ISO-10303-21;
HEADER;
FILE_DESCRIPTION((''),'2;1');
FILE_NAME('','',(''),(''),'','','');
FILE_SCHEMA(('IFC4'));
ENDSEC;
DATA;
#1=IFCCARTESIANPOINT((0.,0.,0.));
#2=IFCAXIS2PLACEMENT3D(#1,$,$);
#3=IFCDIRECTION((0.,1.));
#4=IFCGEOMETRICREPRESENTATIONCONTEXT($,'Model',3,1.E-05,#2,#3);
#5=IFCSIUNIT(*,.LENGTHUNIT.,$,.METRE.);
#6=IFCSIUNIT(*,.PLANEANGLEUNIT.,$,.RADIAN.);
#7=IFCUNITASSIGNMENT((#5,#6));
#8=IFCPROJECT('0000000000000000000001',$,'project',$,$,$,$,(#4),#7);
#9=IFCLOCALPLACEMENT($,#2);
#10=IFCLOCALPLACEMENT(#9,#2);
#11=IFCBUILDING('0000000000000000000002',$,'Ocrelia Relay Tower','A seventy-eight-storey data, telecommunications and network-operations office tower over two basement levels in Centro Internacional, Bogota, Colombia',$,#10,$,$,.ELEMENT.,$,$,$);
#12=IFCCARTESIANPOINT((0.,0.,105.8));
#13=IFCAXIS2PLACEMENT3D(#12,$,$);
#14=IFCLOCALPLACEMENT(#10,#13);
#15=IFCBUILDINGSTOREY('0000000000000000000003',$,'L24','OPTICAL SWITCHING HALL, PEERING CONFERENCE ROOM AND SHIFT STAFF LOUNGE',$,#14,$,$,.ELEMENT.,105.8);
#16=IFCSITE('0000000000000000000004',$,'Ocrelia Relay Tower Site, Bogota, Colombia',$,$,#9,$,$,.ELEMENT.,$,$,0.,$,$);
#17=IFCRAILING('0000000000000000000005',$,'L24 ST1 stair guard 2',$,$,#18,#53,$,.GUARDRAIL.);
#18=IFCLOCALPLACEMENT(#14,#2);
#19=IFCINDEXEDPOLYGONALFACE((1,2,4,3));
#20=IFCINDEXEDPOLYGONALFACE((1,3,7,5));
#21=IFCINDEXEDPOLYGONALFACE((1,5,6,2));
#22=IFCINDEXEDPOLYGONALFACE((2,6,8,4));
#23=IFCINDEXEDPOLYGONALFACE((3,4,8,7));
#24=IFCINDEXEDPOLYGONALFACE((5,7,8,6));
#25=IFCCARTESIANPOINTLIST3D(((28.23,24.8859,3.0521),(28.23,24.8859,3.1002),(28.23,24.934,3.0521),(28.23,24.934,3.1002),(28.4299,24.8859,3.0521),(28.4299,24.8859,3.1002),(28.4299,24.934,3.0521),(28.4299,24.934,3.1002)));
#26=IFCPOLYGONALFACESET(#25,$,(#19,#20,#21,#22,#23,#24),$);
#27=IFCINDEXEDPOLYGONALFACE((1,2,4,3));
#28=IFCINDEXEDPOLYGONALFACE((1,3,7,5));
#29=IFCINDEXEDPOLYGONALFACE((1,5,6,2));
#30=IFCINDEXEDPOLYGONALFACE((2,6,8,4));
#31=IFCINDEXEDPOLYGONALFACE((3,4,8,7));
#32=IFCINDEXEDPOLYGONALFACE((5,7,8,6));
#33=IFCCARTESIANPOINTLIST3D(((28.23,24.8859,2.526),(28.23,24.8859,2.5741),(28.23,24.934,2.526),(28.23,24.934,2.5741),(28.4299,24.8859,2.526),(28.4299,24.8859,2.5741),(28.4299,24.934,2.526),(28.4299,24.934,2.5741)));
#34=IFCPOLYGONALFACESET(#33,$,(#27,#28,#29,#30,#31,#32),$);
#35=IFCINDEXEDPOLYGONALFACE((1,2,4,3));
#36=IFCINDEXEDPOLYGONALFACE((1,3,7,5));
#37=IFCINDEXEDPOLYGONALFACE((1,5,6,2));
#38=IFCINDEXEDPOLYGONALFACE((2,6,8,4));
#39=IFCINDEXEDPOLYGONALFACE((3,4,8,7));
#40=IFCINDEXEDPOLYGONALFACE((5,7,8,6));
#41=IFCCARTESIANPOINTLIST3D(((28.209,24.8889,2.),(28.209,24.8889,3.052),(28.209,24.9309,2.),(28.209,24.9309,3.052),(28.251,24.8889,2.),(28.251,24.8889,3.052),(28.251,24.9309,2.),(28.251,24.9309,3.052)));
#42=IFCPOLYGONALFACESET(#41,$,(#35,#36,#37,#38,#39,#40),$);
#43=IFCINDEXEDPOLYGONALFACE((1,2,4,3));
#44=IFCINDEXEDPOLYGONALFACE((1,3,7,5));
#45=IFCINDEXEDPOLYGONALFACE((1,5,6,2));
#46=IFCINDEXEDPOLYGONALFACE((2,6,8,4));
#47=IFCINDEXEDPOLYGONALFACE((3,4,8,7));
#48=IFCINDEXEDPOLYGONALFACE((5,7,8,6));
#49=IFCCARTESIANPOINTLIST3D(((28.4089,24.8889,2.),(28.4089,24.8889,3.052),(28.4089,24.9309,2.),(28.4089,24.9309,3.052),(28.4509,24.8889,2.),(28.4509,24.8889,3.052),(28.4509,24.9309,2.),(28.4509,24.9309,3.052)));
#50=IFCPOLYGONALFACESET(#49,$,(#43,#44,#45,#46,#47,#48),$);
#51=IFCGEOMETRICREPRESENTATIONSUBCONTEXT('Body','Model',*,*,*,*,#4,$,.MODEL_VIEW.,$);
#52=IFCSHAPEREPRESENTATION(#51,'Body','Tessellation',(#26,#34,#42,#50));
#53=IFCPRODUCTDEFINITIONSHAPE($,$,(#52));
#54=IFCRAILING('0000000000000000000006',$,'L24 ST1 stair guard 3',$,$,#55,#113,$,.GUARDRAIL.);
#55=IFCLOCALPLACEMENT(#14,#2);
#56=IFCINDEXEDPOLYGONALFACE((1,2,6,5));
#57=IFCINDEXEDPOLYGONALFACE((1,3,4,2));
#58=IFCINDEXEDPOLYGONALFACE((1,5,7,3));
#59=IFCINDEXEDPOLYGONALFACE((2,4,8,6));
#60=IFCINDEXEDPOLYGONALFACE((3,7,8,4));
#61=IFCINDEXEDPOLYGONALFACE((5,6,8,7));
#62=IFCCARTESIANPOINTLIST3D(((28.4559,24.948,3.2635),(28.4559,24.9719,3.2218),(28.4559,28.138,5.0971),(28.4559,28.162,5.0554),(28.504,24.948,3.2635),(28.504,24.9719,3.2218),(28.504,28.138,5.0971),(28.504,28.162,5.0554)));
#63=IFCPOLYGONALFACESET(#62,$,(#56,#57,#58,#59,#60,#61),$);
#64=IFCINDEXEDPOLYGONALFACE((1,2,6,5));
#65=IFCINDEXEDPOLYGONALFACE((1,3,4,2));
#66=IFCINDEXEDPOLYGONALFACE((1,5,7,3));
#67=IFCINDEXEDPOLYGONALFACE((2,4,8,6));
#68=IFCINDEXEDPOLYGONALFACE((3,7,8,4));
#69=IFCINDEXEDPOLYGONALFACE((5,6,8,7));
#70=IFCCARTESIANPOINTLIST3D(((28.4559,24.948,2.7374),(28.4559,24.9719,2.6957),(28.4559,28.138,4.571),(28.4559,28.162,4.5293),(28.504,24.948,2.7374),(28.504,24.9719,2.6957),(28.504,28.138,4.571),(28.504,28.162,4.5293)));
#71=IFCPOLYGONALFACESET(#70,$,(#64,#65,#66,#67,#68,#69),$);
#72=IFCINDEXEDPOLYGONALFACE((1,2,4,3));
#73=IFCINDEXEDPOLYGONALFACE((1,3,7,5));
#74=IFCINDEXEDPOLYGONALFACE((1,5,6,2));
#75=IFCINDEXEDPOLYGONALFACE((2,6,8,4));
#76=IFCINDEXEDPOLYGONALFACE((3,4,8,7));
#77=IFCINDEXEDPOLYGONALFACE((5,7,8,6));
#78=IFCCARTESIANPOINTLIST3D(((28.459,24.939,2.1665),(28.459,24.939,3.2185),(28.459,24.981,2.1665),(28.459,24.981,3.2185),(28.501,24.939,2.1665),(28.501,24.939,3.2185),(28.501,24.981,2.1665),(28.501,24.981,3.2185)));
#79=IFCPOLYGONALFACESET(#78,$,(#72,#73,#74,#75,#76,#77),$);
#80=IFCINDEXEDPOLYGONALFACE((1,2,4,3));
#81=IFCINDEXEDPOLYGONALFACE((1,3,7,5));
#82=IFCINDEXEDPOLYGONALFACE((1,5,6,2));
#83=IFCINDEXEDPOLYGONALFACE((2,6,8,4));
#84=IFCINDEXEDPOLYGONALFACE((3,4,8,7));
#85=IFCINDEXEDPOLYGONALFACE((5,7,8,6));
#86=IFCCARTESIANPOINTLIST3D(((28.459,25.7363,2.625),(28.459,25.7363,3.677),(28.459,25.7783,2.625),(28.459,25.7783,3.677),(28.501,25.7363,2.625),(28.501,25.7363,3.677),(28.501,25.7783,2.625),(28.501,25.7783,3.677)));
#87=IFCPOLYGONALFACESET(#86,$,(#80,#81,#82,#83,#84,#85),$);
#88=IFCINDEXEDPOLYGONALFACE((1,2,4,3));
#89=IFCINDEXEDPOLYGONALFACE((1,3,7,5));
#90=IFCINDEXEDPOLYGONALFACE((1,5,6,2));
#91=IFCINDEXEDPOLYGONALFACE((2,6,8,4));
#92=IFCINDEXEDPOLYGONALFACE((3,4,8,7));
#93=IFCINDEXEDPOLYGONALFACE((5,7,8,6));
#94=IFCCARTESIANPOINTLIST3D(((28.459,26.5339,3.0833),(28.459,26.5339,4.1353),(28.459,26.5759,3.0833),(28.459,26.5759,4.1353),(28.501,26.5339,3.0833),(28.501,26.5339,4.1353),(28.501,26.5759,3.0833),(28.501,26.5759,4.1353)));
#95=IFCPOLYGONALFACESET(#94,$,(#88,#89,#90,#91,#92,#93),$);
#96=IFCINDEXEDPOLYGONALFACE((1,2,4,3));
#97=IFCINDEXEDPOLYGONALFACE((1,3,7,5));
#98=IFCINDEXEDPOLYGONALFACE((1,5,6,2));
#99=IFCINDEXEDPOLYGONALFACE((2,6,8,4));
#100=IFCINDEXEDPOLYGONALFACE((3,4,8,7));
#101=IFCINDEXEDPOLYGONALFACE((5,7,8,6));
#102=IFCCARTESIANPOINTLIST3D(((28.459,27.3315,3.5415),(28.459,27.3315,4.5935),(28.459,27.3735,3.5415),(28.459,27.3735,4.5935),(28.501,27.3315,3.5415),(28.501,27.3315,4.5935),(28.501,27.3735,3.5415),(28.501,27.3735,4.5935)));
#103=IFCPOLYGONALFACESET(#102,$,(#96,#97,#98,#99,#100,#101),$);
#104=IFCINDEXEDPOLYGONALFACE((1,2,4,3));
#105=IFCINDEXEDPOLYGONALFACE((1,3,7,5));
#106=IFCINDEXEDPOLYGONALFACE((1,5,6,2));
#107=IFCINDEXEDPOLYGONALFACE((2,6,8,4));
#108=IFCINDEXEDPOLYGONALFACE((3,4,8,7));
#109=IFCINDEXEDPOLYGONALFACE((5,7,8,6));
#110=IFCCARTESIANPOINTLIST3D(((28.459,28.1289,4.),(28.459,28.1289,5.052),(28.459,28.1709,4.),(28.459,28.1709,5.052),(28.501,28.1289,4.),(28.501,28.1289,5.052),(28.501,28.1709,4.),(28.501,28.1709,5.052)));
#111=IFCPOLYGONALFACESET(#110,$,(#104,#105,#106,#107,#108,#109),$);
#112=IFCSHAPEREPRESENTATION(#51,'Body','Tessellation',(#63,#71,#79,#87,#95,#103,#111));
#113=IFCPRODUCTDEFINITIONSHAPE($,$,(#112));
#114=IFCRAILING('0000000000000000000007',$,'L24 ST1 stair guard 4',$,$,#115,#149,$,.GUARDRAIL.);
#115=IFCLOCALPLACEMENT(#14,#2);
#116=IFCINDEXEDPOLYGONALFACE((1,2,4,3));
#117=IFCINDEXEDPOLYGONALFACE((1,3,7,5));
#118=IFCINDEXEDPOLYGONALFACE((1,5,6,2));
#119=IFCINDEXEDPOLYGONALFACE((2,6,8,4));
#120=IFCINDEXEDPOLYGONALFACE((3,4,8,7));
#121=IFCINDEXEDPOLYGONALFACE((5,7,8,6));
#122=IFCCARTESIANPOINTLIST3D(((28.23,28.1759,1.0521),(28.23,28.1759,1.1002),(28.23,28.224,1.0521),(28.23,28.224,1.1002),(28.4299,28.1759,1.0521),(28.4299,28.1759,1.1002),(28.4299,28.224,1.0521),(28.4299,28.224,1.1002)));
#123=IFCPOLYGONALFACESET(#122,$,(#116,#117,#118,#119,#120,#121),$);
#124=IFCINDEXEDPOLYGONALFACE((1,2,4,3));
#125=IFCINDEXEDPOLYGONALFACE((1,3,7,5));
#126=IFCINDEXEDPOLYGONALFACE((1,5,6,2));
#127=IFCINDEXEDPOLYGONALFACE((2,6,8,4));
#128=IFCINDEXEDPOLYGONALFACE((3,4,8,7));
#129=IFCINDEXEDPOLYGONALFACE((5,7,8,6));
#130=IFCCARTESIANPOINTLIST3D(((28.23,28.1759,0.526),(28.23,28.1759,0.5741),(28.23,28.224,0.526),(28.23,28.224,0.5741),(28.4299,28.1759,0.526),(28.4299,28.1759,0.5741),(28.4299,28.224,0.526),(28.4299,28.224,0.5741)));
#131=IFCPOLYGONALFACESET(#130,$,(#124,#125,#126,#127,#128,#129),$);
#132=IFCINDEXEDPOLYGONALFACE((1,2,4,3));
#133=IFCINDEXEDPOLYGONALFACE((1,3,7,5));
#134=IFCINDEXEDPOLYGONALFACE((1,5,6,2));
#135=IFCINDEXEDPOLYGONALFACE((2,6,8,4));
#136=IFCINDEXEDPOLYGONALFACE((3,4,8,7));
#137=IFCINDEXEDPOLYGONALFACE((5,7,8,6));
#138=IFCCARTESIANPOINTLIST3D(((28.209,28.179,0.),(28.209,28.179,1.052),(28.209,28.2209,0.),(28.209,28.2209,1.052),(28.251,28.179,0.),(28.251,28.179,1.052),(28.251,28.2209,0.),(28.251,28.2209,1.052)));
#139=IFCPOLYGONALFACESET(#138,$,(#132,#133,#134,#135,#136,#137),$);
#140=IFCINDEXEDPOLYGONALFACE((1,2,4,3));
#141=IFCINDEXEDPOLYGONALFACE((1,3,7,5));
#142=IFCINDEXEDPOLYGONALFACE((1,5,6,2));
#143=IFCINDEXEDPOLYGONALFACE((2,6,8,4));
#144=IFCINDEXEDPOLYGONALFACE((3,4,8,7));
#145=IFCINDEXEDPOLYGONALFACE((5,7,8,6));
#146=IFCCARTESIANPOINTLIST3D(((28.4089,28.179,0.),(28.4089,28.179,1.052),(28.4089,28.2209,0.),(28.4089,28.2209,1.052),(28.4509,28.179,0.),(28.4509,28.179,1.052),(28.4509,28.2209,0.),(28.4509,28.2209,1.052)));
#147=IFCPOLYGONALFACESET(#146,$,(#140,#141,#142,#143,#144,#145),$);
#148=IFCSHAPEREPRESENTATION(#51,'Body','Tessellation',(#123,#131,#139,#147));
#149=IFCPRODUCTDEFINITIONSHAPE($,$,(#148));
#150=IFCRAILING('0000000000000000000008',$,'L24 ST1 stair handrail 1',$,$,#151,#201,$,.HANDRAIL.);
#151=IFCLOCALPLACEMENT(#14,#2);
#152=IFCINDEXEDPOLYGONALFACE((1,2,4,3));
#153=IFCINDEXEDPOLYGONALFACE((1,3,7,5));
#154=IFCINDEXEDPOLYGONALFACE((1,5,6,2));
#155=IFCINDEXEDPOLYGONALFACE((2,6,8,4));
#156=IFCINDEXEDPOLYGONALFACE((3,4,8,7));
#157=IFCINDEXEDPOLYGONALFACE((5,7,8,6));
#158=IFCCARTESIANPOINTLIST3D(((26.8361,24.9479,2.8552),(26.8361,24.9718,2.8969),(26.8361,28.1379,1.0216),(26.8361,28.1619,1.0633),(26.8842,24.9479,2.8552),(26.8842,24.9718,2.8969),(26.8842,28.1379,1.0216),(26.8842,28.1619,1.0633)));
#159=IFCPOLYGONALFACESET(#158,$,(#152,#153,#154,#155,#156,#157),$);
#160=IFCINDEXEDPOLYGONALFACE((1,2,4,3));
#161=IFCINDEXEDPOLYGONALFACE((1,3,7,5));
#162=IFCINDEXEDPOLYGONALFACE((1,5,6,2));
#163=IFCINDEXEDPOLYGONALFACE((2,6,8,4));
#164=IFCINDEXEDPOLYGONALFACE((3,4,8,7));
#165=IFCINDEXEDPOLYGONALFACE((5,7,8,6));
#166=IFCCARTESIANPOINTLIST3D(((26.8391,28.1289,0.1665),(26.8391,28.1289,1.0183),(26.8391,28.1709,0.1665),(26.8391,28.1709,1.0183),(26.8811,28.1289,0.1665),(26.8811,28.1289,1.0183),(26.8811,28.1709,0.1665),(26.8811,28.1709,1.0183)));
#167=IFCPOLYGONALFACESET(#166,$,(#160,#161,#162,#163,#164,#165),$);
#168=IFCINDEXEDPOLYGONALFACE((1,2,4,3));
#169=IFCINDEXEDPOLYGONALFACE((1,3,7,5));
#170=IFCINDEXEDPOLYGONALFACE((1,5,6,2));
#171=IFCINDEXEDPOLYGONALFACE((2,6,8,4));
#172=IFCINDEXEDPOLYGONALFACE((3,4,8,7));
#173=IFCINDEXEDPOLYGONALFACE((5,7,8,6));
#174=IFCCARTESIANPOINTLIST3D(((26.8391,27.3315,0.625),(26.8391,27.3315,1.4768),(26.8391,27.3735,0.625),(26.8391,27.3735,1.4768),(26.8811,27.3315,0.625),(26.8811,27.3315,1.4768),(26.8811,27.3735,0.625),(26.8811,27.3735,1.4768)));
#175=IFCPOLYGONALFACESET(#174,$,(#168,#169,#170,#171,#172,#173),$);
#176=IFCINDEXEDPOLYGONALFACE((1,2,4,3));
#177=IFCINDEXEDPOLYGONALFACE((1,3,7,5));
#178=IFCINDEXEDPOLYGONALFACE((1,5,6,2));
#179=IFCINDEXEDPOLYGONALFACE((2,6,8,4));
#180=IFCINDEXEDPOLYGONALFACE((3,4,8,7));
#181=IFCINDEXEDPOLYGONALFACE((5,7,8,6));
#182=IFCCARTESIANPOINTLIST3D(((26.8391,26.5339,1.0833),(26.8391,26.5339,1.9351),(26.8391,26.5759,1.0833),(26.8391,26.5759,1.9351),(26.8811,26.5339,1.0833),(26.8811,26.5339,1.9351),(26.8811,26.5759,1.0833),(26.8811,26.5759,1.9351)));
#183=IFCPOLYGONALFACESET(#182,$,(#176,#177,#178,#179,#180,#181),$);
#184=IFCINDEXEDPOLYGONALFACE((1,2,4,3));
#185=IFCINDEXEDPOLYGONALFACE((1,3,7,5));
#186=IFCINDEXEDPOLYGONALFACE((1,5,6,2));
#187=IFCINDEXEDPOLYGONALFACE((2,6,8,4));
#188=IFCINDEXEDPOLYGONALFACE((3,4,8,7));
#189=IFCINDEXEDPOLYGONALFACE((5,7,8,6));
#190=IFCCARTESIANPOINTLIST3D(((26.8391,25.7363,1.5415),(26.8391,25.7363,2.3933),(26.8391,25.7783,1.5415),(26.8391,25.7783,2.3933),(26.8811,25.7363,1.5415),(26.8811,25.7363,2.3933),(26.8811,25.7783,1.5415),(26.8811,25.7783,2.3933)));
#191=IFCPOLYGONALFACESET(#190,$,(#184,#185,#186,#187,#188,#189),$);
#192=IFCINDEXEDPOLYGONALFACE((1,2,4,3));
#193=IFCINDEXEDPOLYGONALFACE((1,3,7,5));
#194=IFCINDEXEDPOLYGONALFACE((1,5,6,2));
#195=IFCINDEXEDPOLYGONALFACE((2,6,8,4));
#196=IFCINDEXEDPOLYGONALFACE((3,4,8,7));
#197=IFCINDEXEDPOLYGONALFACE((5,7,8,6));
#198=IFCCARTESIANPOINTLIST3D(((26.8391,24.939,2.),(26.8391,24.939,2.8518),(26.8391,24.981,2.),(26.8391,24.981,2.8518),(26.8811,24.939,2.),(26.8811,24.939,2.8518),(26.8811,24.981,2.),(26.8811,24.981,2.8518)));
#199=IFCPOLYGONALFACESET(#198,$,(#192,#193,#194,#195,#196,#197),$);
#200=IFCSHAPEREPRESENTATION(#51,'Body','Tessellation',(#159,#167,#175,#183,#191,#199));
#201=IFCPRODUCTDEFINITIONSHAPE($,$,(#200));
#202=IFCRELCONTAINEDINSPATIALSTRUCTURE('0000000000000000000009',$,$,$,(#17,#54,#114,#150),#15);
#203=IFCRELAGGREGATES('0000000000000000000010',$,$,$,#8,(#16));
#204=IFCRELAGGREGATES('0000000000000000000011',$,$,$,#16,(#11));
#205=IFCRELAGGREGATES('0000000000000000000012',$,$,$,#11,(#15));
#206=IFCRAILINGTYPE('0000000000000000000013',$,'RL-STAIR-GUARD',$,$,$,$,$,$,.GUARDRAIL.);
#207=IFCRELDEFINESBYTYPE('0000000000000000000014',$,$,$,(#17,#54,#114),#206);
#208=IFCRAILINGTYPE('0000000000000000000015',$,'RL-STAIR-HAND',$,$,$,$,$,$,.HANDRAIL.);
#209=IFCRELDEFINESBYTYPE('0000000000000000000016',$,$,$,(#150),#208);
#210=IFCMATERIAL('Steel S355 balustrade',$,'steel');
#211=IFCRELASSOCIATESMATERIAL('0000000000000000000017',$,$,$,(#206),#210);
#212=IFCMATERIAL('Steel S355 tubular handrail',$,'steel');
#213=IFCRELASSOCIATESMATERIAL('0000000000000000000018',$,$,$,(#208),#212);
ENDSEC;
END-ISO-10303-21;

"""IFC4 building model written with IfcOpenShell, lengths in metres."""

from ifc_helpers import new_model, si_unit, direction, frame, origin, origin_2d, place, context, subcontext, project, spatial, rectangle, extrude, material, type_object, element, save


model = new_model("IFC4")

# Units and contexts
model_context = context("Model", 3, precision=1e-05, world=origin(), true_north=direction((0.0, 1.0)))
body_context = subcontext(model_context, "Body", "Model", "MODEL_VIEW")
ifc_project = project(units=[si_unit("LENGTHUNIT", "METRE"), si_unit("PLANEANGLEUNIT", "RADIAN")], contexts=[model_context])

# Site, building, storey
site_placement = place(None, origin())
site = spatial("IfcSite", under=ifc_project, at=site_placement, Name="Ocrelia Relay Tower Site, Bogota, Colombia", CompositionType="ELEMENT", RefElevation=0.0)
building_placement = place(site_placement, origin())
building = spatial("IfcBuilding", under=site, at=building_placement, Name="Ocrelia Relay Tower", Description="A seventy-eight-storey data, telecommunications and network-operations office tower over two basement levels in Centro Internacional, Bogota, Colombia", CompositionType="ELEMENT")
storey_placement = place(building_placement, frame((0.0, 0.0, 105.8)))
storey = spatial("IfcBuildingStorey", under=building, at=storey_placement, Name="L24", Description="OPTICAL SWITCHING HALL, PEERING CONFERENCE ROOM AND SHIFT STAFF LOUNGE", CompositionType="ELEMENT", Elevation=105.8)

# Railings
ifc_material_1 = material(Name="Steel S355 balustrade", Category="steel")
railing_type_1 = type_object("IfcRailingType", Name="RL-STAIR-GUARD", PredefinedType="GUARDRAIL", material=ifc_material_1)
railing_1_placement = place(storey_placement, frame((28.23, 24.9099, 2.0)))
element("IfcRailing", 1, at=railing_1_placement, inside=storey, type_object=railing_type_1, Name="L24 ST1 stair guard 2", PredefinedType="GUARDRAIL", context=body_context, shape_type="SweptSolid", body=[
    extrude(rectangle(XDim=0.0481, YDim=0.0481, at=origin_2d()), frame((0.0, 0.0, 1.0762), z_axis=(1.0, 0.0, 0.0), x_axis=(0.0, 1.0, 0.0)), (0.0, 0.0, 1.0), 0.2),
    extrude(rectangle(XDim=0.0481, YDim=0.0481, at=origin_2d()), frame((0.0, 0.0, 0.55), z_axis=(1.0, 0.0, 0.0), x_axis=(0.0, 1.0, 0.0)), (0.0, 0.0, 1.0), 0.2),
    extrude(rectangle(XDim=0.042, YDim=0.042, at=origin_2d()), origin(), (0.0, 0.0, 1.0), 1.052),
    extrude(rectangle(XDim=0.042, YDim=0.042, at=origin_2d()), frame((0.2, 0.0, 0.0)), (0.0, 0.0, 1.0), 1.052),
])
railing_2_placement = place(storey_placement, frame((28.48, 24.96, 2.1665)))
element("IfcRailing", 2, at=railing_2_placement, inside=storey, type_object=railing_type_1, Name="L24 ST1 stair guard 3", PredefinedType="GUARDRAIL", context=body_context, shape_type="SweptSolid", body=[
    extrude(rectangle(XDim=0.0481, YDim=0.0481, at=origin_2d()), frame((0.0, 0.0, 1.0762), z_axis=(0.0, 0.866991, 0.498324), x_axis=(-1.0, 0.0, 0.0)), (0.0, 0.0, 1.0), 3.6794),
    extrude(rectangle(XDim=0.0481, YDim=0.0481, at=origin_2d()), frame((0.0, 0.0, 0.55), z_axis=(0.0, 0.866991, 0.498324), x_axis=(-1.0, 0.0, 0.0)), (0.0, 0.0, 1.0), 3.6794),
    extrude(rectangle(XDim=0.042, YDim=0.042, at=origin_2d()), origin(), (0.0, 0.0, 1.0), 1.052),
    extrude(rectangle(XDim=0.042, YDim=0.042, at=origin_2d()), frame((0.0, 0.7974, 0.4585)), (0.0, 0.0, 1.0), 1.052),
    extrude(rectangle(XDim=0.042, YDim=0.042, at=origin_2d()), frame((0.0, 1.595, 0.9167)), (0.0, 0.0, 1.0), 1.052),
    extrude(rectangle(XDim=0.042, YDim=0.042, at=origin_2d()), frame((0.0, 2.3926, 1.375)), (0.0, 0.0, 1.0), 1.052),
    extrude(rectangle(XDim=0.042, YDim=0.042, at=origin_2d()), frame((0.0, 3.1899, 1.8335)), (0.0, 0.0, 1.0), 1.052),
])
railing_3_placement = place(storey_placement, frame((28.23, 28.2, 0.0)))
element("IfcRailing", 3, at=railing_3_placement, inside=storey, type_object=railing_type_1, Name="L24 ST1 stair guard 4", PredefinedType="GUARDRAIL", context=body_context, shape_type="SweptSolid", body=[
    extrude(rectangle(XDim=0.0481, YDim=0.0481, at=origin_2d()), frame((0.0, 0.0, 1.0762), z_axis=(1.0, 0.0, 0.0), x_axis=(0.0, 1.0, 0.0)), (0.0, 0.0, 1.0), 0.2),
    extrude(rectangle(XDim=0.0481, YDim=0.0481, at=origin_2d()), frame((0.0, 0.0, 0.55), z_axis=(1.0, 0.0, 0.0), x_axis=(0.0, 1.0, 0.0)), (0.0, 0.0, 1.0), 0.2),
    extrude(rectangle(XDim=0.042, YDim=0.042, at=origin_2d()), origin(), (0.0, 0.0, 1.0), 1.052),
    extrude(rectangle(XDim=0.042, YDim=0.042, at=origin_2d()), frame((0.2, 0.0, 0.0)), (0.0, 0.0, 1.0), 1.052),
])
ifc_material_2 = material(Name="Steel S355 tubular handrail", Category="steel")
railing_type_2 = type_object("IfcRailingType", Name="RL-STAIR-HAND", PredefinedType="HANDRAIL", material=ifc_material_2)
railing_4_placement = place(storey_placement, frame((26.8601, 28.1499, 0.1665)))
element("IfcRailing", 4, at=railing_4_placement, inside=storey, type_object=railing_type_2, Name="L24 ST1 stair handrail 1", PredefinedType="HANDRAIL", context=body_context, shape_type="SweptSolid", body=[
    extrude(rectangle(XDim=0.0481, YDim=0.0481, at=origin_2d()), frame((0.0, 0.0, 0.876), z_axis=(0.0, -0.866991, 0.498324), x_axis=(1.0, 0.0, 0.0)), (0.0, 0.0, 1.0), 3.6794),
    extrude(rectangle(XDim=0.042, YDim=0.042, at=origin_2d()), origin(), (0.0, 0.0, 1.0), 0.8518),
    extrude(rectangle(XDim=0.042, YDim=0.042, at=origin_2d()), frame((0.0, -0.7974, 0.4585)), (0.0, 0.0, 1.0), 0.8518),
    extrude(rectangle(XDim=0.042, YDim=0.042, at=origin_2d()), frame((0.0, -1.595, 0.9167)), (0.0, 0.0, 1.0), 0.8518),
    extrude(rectangle(XDim=0.042, YDim=0.042, at=origin_2d()), frame((0.0, -2.3926, 1.375)), (0.0, 0.0, 1.0), 0.8518),
    extrude(rectangle(XDim=0.042, YDim=0.042, at=origin_2d()), frame((0.0, -3.1899, 1.8335)), (0.0, 0.0, 1.0), 0.8518),
])

save(model, "model.ifc")
